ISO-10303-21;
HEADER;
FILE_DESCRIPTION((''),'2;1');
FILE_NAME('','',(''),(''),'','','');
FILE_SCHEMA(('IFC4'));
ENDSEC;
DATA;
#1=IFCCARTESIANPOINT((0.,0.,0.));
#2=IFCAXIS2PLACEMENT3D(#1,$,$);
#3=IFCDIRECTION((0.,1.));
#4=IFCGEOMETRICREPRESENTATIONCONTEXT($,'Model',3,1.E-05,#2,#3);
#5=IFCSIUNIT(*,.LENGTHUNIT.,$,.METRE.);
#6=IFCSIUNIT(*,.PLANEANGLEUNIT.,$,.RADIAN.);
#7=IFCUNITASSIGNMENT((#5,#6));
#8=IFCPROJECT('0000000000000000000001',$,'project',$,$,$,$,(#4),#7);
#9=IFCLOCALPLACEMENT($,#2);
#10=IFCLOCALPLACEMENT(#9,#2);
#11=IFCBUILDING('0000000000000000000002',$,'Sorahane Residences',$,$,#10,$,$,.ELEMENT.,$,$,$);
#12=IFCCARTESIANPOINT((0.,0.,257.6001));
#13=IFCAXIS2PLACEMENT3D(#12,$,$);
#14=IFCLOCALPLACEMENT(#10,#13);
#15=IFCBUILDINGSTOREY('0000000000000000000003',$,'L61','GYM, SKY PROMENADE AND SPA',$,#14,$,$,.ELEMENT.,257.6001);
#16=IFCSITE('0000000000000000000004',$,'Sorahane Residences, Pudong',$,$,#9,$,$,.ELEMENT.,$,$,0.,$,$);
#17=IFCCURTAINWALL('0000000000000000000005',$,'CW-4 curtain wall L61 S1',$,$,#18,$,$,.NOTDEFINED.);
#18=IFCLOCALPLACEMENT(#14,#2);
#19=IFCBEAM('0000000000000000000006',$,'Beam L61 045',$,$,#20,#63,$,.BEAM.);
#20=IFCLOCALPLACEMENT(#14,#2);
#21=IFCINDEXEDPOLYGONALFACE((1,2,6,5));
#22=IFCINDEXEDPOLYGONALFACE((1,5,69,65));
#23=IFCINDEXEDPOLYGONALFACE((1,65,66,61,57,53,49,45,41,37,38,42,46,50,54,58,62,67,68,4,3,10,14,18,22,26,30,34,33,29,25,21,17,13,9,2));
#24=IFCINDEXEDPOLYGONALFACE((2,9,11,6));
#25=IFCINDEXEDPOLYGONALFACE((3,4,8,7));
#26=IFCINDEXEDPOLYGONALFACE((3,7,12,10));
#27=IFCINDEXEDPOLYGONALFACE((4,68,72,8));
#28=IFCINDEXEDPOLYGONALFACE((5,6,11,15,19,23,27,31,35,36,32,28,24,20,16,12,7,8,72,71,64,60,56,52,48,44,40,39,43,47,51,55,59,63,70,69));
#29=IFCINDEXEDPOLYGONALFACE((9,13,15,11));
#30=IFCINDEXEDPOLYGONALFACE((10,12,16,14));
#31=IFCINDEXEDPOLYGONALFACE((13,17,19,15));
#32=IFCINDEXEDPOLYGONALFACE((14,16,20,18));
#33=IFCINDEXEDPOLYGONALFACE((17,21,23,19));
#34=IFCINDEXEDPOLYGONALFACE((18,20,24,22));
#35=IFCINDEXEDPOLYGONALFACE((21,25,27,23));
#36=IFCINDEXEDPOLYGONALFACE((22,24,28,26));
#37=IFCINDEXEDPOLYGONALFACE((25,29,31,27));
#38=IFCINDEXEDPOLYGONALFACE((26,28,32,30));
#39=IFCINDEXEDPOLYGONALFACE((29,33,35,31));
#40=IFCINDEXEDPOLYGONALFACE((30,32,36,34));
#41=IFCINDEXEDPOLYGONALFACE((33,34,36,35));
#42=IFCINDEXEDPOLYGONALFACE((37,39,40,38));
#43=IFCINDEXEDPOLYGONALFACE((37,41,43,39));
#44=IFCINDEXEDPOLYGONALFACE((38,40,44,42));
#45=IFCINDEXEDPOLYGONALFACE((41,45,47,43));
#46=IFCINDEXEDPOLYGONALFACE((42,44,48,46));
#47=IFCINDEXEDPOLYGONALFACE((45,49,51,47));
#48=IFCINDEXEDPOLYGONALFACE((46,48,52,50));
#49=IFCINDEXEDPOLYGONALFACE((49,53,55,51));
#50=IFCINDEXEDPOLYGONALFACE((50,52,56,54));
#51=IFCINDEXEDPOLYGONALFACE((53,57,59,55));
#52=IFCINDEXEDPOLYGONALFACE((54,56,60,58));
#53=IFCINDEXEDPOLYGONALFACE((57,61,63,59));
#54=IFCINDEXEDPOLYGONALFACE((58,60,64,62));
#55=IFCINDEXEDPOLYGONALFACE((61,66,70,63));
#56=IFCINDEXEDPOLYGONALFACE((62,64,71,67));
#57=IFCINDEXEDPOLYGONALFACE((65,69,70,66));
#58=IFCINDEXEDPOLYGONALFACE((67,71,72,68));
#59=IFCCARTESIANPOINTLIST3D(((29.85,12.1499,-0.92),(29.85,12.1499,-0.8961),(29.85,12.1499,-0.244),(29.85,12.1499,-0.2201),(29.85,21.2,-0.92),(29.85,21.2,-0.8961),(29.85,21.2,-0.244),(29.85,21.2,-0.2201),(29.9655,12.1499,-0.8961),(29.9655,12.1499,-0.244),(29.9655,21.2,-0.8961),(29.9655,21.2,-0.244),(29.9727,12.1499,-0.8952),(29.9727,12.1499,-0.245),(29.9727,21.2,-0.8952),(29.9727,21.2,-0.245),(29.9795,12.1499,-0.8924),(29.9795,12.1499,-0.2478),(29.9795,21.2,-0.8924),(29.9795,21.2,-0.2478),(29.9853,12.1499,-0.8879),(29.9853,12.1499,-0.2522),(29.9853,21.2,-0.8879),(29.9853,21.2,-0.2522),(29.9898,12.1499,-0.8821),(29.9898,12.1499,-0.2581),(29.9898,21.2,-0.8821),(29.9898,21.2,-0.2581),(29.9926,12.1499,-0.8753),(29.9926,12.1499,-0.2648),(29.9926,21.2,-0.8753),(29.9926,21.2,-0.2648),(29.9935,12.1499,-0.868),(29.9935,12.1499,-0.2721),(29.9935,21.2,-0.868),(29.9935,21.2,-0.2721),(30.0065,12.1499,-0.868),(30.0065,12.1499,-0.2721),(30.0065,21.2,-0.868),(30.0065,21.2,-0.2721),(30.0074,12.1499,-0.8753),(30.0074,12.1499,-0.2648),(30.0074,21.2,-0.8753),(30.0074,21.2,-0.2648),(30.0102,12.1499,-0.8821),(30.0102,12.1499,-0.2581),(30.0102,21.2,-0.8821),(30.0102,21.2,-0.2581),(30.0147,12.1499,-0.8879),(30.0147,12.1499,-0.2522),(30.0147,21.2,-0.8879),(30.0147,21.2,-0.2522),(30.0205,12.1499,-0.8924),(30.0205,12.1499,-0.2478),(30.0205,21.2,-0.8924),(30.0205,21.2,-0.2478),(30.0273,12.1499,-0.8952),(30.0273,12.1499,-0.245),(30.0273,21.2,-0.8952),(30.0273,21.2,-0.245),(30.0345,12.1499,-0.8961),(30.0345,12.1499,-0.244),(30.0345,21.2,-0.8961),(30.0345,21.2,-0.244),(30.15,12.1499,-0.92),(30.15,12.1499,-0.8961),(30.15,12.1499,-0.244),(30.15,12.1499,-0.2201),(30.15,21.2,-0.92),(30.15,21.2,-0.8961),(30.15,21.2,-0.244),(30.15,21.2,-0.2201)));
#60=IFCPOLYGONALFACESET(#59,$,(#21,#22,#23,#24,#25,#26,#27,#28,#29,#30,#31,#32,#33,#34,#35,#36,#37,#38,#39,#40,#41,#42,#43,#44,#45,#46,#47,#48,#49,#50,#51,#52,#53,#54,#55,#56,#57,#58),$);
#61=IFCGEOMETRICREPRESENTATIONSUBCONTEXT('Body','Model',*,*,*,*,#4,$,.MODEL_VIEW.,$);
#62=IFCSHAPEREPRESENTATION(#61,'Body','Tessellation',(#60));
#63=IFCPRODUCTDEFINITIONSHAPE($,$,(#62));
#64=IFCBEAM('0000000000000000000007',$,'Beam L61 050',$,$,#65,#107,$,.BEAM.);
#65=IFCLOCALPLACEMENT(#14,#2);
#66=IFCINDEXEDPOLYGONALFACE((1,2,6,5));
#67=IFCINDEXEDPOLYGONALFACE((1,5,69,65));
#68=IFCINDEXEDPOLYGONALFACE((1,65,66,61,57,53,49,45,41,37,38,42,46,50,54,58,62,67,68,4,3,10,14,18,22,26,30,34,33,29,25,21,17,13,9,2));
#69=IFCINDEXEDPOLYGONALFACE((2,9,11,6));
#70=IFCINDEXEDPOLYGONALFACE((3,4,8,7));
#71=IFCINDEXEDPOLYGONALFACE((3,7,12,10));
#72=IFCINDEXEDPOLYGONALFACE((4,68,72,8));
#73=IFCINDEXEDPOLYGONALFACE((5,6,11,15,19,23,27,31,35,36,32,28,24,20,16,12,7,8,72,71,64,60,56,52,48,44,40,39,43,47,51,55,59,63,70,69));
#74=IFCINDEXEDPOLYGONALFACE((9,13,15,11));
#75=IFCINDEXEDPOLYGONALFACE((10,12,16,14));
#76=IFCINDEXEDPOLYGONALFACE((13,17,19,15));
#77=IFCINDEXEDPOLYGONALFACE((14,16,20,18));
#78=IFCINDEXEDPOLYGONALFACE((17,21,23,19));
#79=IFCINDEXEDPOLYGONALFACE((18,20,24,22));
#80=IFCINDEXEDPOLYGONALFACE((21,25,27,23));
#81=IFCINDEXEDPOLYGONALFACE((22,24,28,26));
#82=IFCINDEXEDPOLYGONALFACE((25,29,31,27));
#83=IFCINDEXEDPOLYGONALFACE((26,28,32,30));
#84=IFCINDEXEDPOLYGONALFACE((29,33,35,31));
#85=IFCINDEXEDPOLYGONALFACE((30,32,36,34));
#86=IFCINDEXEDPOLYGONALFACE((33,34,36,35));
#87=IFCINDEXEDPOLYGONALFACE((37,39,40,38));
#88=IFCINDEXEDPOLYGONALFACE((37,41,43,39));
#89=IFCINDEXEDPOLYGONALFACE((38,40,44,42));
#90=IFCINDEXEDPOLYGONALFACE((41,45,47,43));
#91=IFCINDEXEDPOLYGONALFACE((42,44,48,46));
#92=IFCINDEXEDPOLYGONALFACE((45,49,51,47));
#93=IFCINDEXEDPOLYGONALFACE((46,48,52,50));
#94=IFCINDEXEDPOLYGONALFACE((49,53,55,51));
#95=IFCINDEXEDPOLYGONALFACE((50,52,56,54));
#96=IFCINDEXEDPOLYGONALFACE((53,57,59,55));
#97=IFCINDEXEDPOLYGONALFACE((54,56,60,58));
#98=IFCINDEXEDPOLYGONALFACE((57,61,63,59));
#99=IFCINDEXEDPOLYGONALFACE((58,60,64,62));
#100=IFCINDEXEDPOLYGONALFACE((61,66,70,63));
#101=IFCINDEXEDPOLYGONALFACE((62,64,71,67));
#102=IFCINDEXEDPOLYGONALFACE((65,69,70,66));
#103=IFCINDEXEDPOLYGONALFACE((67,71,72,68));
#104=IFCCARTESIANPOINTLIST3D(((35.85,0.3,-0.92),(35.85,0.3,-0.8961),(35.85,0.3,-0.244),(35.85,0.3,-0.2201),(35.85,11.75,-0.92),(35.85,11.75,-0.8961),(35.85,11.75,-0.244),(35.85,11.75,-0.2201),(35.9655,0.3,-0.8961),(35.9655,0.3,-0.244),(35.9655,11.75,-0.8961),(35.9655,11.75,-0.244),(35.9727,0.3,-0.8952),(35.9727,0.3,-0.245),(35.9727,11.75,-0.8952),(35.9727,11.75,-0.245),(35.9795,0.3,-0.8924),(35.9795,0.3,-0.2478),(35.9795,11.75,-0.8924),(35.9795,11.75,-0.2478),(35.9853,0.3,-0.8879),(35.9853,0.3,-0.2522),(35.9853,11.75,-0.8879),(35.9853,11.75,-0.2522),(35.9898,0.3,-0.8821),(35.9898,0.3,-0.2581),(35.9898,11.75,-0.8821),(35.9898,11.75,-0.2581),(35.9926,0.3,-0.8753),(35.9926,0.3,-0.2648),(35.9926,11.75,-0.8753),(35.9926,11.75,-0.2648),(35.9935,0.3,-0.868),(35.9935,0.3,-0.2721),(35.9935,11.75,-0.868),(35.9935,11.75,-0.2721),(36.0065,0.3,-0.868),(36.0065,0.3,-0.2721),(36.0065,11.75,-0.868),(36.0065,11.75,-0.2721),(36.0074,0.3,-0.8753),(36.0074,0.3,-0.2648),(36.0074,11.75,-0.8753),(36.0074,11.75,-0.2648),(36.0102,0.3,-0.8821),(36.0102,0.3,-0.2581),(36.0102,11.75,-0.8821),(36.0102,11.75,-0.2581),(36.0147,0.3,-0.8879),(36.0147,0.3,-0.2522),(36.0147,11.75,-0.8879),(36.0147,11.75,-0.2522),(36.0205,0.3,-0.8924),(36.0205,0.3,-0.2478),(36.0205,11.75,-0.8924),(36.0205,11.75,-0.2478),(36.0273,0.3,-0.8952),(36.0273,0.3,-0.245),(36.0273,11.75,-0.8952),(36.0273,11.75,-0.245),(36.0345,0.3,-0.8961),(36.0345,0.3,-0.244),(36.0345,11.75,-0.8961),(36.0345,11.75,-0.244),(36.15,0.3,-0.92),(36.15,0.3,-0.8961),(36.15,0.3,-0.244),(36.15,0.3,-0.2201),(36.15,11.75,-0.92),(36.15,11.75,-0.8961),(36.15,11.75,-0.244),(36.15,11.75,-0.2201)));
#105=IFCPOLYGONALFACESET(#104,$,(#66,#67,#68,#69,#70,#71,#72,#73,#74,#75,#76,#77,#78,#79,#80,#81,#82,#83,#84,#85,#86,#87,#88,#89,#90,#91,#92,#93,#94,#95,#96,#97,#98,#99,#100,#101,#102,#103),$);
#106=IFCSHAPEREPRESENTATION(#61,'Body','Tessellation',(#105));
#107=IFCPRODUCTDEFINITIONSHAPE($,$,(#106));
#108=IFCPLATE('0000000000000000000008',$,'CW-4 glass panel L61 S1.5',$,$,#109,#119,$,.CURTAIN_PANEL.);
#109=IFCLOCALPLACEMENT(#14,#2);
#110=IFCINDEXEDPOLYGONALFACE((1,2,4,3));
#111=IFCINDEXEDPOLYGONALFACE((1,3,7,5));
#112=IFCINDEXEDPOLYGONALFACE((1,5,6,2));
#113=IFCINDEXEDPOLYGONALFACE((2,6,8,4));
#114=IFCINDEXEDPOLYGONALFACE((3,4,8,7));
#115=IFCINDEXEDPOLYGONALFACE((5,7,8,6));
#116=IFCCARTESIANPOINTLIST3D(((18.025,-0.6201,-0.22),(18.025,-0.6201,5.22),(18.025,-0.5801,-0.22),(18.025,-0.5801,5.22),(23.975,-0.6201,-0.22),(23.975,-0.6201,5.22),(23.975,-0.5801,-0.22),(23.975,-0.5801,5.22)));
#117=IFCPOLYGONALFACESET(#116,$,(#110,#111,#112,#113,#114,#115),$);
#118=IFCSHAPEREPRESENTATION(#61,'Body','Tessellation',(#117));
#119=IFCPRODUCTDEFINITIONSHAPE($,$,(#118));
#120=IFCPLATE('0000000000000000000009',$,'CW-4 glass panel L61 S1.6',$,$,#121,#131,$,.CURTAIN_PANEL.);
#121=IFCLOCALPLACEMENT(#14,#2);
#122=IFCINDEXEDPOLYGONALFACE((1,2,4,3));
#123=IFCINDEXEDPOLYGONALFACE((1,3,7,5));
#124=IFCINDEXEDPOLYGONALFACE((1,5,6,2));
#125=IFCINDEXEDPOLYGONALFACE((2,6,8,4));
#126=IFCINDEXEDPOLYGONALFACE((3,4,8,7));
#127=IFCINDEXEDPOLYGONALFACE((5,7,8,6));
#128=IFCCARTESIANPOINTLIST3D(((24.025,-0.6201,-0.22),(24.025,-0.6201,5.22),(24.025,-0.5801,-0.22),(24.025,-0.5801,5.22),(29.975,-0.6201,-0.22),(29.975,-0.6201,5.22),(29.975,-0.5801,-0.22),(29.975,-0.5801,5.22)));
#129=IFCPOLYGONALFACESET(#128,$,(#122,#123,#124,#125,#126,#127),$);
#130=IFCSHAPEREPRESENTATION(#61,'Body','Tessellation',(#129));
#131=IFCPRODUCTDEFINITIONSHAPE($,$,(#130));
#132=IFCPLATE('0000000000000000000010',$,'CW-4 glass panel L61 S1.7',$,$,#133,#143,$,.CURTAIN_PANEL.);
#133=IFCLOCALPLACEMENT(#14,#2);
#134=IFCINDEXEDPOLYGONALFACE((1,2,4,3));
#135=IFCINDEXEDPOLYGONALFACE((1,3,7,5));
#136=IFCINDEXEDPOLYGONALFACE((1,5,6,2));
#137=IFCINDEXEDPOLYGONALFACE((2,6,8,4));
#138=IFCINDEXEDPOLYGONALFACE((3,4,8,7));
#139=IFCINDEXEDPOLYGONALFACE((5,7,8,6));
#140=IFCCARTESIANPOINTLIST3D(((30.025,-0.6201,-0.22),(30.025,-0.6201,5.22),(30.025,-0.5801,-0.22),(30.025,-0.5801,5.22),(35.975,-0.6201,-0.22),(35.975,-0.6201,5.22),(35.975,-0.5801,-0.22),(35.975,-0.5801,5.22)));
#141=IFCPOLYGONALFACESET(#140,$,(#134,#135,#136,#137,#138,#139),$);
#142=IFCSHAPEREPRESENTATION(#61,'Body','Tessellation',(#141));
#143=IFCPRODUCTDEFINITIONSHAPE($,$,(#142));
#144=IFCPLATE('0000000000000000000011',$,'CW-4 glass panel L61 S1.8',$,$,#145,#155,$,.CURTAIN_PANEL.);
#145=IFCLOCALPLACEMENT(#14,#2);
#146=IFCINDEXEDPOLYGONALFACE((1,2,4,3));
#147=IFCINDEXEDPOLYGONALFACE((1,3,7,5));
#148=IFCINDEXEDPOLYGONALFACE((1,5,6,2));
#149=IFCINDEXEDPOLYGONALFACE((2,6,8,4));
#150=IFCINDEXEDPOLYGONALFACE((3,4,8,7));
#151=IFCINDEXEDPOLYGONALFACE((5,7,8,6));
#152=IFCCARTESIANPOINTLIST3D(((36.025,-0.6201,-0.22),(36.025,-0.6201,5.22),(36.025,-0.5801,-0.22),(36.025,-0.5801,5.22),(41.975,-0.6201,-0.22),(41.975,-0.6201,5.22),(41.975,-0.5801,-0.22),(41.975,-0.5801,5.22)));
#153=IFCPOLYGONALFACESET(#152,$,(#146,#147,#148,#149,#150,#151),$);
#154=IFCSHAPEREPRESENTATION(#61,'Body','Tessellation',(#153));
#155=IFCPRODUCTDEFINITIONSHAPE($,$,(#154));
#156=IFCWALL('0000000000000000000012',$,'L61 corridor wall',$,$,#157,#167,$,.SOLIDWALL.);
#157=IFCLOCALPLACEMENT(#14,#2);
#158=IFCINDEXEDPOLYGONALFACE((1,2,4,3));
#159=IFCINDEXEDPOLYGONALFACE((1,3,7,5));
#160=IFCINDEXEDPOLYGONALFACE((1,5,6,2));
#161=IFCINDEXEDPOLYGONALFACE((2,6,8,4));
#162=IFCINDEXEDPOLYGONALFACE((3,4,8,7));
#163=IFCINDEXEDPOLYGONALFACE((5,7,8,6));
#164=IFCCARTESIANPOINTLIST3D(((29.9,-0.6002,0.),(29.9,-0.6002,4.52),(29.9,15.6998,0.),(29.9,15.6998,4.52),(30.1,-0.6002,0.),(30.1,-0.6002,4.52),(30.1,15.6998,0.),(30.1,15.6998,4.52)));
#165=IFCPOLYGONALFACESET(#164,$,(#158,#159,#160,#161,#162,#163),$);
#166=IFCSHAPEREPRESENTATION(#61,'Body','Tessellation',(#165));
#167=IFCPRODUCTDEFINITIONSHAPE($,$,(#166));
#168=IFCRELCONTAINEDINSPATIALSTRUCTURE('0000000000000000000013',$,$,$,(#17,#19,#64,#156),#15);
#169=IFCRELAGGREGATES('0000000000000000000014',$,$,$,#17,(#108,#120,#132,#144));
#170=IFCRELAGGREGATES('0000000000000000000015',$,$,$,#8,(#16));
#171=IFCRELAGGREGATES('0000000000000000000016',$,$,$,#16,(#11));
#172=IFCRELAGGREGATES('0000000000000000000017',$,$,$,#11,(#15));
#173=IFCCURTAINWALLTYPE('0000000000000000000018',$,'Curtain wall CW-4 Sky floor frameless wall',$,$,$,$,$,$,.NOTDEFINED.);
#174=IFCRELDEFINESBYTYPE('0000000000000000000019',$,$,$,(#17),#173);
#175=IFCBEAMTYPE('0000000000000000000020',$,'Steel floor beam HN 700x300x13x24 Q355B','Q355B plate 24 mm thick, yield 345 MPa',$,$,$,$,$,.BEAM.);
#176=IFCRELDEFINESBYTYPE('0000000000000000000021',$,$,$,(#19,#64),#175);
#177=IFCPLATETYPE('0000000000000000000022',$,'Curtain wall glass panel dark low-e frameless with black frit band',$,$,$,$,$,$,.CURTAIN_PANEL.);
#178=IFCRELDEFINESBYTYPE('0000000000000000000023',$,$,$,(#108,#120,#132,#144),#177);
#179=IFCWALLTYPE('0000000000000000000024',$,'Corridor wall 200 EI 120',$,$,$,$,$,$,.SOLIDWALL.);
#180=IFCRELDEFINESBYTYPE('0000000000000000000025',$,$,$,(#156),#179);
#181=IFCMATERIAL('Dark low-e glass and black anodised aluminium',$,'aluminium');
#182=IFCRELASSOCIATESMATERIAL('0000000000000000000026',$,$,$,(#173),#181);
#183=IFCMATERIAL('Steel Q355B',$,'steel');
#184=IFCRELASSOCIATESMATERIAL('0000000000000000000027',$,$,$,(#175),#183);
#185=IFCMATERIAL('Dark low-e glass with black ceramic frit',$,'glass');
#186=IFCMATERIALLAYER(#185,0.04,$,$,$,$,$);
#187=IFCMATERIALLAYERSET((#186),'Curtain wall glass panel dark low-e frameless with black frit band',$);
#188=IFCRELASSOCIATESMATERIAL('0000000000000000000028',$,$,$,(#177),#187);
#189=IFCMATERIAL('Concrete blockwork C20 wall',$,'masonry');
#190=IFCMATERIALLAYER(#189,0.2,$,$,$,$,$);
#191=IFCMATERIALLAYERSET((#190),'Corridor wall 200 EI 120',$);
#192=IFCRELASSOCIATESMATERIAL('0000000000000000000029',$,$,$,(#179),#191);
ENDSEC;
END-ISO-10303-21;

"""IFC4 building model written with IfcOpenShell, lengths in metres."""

from ifc_helpers import new_model, si_unit, direction, frame, frame_2d, origin, origin_2d, place, context, subcontext, project, spatial, rectangle, i_section, extrude, material, layer, layer_set, material_profile, profile_set, type_object, element, aggregate, save


model = new_model("IFC4")

# Units and contexts
model_context = context("Model", 3, precision=1e-05, world=origin(), true_north=direction((0.0, 1.0)))
body_context = subcontext(model_context, "Body", "Model", "MODEL_VIEW")
ifc_project = project(units=[si_unit("LENGTHUNIT", "METRE"), si_unit("PLANEANGLEUNIT", "RADIAN")], contexts=[model_context])

# Site, building, storey
site_placement = place(None, origin())
site = spatial("IfcSite", under=ifc_project, at=site_placement, Name="Sorahane Residences, Pudong", CompositionType="ELEMENT", RefElevation=0.0)
building_placement = place(site_placement, origin())
building = spatial("IfcBuilding", under=site, at=building_placement, Name="Sorahane Residences", CompositionType="ELEMENT")
storey_placement = place(building_placement, frame((0.0, 0.0, 257.6001)))
storey = spatial("IfcBuildingStorey", under=building, at=storey_placement, Name="L61", Description="GYM, SKY PROMENADE AND SPA", CompositionType="ELEMENT", Elevation=257.6001)

# Curtain wall
ifc_material_1 = material(Name="Dark low-e glass and black anodised aluminium", Category="aluminium")
curtain_wall_type = type_object("IfcCurtainWallType", Name="Curtain wall CW-4 Sky floor frameless wall", PredefinedType="NOTDEFINED", material=ifc_material_1)
curtain_wall_placement = place(storey_placement, origin())
curtain_wall = element("IfcCurtainWall", 1, at=curtain_wall_placement, inside=storey, type_object=curtain_wall_type, Name="CW-4 curtain wall L61 S1", PredefinedType="NOTDEFINED")

# Beams
ifc_material_2 = material(Name="Steel Q355B", Category="steel")
ifc_material_profile_1 = material_profile(ifc_material_2, i_section(OverallWidth=0.3, OverallDepth=0.7, WebThickness=0.0129, FlangeThickness=0.0239, FilletRadius=0.0281, at=origin_2d()), Name="HN 700x300x13x24")
ifc_profile_set_1 = profile_set([ifc_material_profile_1], Name="Steel Q355B")
beam_type_1 = type_object("IfcBeamType", Name="Steel floor beam HN 700x300x13x24 Q355B", Description="Q355B plate 24 mm thick, yield 345 MPa", PredefinedType="BEAM", material=ifc_profile_set_1)
beam_1_placement = place(storey_placement, frame((30.0, 12.1499, -0.5701), z_axis=(0.0, 1.0, 0.0), x_axis=(-1.0, 0.0, 0.0)))
element("IfcBeam", 2, at=beam_1_placement, inside=storey, type_object=beam_type_1, Name="Beam L61 045", PredefinedType="BEAM", context=body_context, shape_type="SweptSolid", body=[
    extrude(i_section(OverallWidth=0.3, OverallDepth=0.7, WebThickness=0.0129, FlangeThickness=0.0239, FilletRadius=0.0281, at=origin_2d()), origin(), (0.0, 0.0, 1.0), 9.05),
])
beam_2_placement = place(storey_placement, frame((36.0, 0.3, -0.5701), z_axis=(0.0, 1.0, 0.0), x_axis=(-1.0, 0.0, 0.0)))
element("IfcBeam", 3, at=beam_2_placement, inside=storey, type_object=beam_type_1, Name="Beam L61 050", PredefinedType="BEAM", context=body_context, shape_type="SweptSolid", body=[
    extrude(i_section(OverallWidth=0.3, OverallDepth=0.7, WebThickness=0.0129, FlangeThickness=0.0239, FilletRadius=0.0281, at=origin_2d()), origin(), (0.0, 0.0, 1.0), 11.45),
])

# Plates
ifc_material_3 = material(Name="Dark low-e glass with black ceramic frit", Category="glass")
ifc_layer_1 = layer(ifc_material_3, 0.04)
ifc_layer_set_1 = layer_set([ifc_layer_1], Name="Curtain wall glass panel dark low-e frameless with black frit band")
plate_type = type_object("IfcPlateType", Name="Curtain wall glass panel dark low-e frameless with black frit band", PredefinedType="CURTAIN_PANEL", material=ifc_layer_set_1)
plate_1_placement = place(storey_placement, frame((21.0, -0.6001, -0.22), z_axis=(0.0, 0.0, 1.0), x_axis=(1.0, 0.0, 0.0)))
plate_1 = element("IfcPlate", 4, at=plate_1_placement, type_object=plate_type, Name="CW-4 glass panel L61 S1.5", PredefinedType="CURTAIN_PANEL", context=body_context, shape_type="SweptSolid", body=[
    extrude(rectangle(XDim=5.95, YDim=0.04, at=origin_2d()), origin(), (0.0, 0.0, 1.0), 5.4399),
])
plate_2_placement = place(storey_placement, frame((27.0, -0.6001, -0.22), z_axis=(0.0, 0.0, 1.0), x_axis=(1.0, 0.0, 0.0)))
plate_2 = element("IfcPlate", 5, at=plate_2_placement, type_object=plate_type, Name="CW-4 glass panel L61 S1.6", PredefinedType="CURTAIN_PANEL", context=body_context, shape_type="SweptSolid", body=[
    extrude(rectangle(XDim=5.95, YDim=0.04, at=origin_2d()), origin(), (0.0, 0.0, 1.0), 5.4399),
])
plate_3_placement = place(storey_placement, frame((33.0, -0.6001, -0.22), z_axis=(0.0, 0.0, 1.0), x_axis=(1.0, 0.0, 0.0)))
plate_3 = element("IfcPlate", 6, at=plate_3_placement, type_object=plate_type, Name="CW-4 glass panel L61 S1.7", PredefinedType="CURTAIN_PANEL", context=body_context, shape_type="SweptSolid", body=[
    extrude(rectangle(XDim=5.95, YDim=0.04, at=origin_2d()), origin(), (0.0, 0.0, 1.0), 5.4399),
])
plate_4_placement = place(storey_placement, frame((39.0, -0.6001, -0.22), z_axis=(0.0, 0.0, 1.0), x_axis=(1.0, 0.0, 0.0)))
plate_4 = element("IfcPlate", 7, at=plate_4_placement, type_object=plate_type, Name="CW-4 glass panel L61 S1.8", PredefinedType="CURTAIN_PANEL", context=body_context, shape_type="SweptSolid", body=[
    extrude(rectangle(XDim=5.95, YDim=0.04, at=origin_2d()), origin(), (0.0, 0.0, 1.0), 5.4399),
])
aggregate(curtain_wall, [plate_1, plate_2, plate_3, plate_4])

# Wall
ifc_material_4 = material(Name="Concrete blockwork C20 wall", Category="masonry")
ifc_layer_2 = layer(ifc_material_4, 0.2)
ifc_layer_set_2 = layer_set([ifc_layer_2], Name="Corridor wall 200 EI 120")
wall_type = type_object("IfcWallType", Name="Corridor wall 200 EI 120", PredefinedType="SOLIDWALL", material=ifc_layer_set_2)
wall_placement = place(storey_placement, frame((30.0, -0.6001, 0.0), z_axis=(0.0, 0.0, 1.0), x_axis=(0.0, 1.0, 0.0)))
element("IfcWall", 8, at=wall_placement, inside=storey, type_object=wall_type, Name="L61 corridor wall", PredefinedType="SOLIDWALL", context=body_context, shape_type="SweptSolid", body=[
    extrude(rectangle(XDim=16.3, YDim=0.2, at=frame_2d((8.1499, 0.0))), origin(), (0.0, 0.0, 1.0), 4.52),
])

save(model, "model.ifc")
